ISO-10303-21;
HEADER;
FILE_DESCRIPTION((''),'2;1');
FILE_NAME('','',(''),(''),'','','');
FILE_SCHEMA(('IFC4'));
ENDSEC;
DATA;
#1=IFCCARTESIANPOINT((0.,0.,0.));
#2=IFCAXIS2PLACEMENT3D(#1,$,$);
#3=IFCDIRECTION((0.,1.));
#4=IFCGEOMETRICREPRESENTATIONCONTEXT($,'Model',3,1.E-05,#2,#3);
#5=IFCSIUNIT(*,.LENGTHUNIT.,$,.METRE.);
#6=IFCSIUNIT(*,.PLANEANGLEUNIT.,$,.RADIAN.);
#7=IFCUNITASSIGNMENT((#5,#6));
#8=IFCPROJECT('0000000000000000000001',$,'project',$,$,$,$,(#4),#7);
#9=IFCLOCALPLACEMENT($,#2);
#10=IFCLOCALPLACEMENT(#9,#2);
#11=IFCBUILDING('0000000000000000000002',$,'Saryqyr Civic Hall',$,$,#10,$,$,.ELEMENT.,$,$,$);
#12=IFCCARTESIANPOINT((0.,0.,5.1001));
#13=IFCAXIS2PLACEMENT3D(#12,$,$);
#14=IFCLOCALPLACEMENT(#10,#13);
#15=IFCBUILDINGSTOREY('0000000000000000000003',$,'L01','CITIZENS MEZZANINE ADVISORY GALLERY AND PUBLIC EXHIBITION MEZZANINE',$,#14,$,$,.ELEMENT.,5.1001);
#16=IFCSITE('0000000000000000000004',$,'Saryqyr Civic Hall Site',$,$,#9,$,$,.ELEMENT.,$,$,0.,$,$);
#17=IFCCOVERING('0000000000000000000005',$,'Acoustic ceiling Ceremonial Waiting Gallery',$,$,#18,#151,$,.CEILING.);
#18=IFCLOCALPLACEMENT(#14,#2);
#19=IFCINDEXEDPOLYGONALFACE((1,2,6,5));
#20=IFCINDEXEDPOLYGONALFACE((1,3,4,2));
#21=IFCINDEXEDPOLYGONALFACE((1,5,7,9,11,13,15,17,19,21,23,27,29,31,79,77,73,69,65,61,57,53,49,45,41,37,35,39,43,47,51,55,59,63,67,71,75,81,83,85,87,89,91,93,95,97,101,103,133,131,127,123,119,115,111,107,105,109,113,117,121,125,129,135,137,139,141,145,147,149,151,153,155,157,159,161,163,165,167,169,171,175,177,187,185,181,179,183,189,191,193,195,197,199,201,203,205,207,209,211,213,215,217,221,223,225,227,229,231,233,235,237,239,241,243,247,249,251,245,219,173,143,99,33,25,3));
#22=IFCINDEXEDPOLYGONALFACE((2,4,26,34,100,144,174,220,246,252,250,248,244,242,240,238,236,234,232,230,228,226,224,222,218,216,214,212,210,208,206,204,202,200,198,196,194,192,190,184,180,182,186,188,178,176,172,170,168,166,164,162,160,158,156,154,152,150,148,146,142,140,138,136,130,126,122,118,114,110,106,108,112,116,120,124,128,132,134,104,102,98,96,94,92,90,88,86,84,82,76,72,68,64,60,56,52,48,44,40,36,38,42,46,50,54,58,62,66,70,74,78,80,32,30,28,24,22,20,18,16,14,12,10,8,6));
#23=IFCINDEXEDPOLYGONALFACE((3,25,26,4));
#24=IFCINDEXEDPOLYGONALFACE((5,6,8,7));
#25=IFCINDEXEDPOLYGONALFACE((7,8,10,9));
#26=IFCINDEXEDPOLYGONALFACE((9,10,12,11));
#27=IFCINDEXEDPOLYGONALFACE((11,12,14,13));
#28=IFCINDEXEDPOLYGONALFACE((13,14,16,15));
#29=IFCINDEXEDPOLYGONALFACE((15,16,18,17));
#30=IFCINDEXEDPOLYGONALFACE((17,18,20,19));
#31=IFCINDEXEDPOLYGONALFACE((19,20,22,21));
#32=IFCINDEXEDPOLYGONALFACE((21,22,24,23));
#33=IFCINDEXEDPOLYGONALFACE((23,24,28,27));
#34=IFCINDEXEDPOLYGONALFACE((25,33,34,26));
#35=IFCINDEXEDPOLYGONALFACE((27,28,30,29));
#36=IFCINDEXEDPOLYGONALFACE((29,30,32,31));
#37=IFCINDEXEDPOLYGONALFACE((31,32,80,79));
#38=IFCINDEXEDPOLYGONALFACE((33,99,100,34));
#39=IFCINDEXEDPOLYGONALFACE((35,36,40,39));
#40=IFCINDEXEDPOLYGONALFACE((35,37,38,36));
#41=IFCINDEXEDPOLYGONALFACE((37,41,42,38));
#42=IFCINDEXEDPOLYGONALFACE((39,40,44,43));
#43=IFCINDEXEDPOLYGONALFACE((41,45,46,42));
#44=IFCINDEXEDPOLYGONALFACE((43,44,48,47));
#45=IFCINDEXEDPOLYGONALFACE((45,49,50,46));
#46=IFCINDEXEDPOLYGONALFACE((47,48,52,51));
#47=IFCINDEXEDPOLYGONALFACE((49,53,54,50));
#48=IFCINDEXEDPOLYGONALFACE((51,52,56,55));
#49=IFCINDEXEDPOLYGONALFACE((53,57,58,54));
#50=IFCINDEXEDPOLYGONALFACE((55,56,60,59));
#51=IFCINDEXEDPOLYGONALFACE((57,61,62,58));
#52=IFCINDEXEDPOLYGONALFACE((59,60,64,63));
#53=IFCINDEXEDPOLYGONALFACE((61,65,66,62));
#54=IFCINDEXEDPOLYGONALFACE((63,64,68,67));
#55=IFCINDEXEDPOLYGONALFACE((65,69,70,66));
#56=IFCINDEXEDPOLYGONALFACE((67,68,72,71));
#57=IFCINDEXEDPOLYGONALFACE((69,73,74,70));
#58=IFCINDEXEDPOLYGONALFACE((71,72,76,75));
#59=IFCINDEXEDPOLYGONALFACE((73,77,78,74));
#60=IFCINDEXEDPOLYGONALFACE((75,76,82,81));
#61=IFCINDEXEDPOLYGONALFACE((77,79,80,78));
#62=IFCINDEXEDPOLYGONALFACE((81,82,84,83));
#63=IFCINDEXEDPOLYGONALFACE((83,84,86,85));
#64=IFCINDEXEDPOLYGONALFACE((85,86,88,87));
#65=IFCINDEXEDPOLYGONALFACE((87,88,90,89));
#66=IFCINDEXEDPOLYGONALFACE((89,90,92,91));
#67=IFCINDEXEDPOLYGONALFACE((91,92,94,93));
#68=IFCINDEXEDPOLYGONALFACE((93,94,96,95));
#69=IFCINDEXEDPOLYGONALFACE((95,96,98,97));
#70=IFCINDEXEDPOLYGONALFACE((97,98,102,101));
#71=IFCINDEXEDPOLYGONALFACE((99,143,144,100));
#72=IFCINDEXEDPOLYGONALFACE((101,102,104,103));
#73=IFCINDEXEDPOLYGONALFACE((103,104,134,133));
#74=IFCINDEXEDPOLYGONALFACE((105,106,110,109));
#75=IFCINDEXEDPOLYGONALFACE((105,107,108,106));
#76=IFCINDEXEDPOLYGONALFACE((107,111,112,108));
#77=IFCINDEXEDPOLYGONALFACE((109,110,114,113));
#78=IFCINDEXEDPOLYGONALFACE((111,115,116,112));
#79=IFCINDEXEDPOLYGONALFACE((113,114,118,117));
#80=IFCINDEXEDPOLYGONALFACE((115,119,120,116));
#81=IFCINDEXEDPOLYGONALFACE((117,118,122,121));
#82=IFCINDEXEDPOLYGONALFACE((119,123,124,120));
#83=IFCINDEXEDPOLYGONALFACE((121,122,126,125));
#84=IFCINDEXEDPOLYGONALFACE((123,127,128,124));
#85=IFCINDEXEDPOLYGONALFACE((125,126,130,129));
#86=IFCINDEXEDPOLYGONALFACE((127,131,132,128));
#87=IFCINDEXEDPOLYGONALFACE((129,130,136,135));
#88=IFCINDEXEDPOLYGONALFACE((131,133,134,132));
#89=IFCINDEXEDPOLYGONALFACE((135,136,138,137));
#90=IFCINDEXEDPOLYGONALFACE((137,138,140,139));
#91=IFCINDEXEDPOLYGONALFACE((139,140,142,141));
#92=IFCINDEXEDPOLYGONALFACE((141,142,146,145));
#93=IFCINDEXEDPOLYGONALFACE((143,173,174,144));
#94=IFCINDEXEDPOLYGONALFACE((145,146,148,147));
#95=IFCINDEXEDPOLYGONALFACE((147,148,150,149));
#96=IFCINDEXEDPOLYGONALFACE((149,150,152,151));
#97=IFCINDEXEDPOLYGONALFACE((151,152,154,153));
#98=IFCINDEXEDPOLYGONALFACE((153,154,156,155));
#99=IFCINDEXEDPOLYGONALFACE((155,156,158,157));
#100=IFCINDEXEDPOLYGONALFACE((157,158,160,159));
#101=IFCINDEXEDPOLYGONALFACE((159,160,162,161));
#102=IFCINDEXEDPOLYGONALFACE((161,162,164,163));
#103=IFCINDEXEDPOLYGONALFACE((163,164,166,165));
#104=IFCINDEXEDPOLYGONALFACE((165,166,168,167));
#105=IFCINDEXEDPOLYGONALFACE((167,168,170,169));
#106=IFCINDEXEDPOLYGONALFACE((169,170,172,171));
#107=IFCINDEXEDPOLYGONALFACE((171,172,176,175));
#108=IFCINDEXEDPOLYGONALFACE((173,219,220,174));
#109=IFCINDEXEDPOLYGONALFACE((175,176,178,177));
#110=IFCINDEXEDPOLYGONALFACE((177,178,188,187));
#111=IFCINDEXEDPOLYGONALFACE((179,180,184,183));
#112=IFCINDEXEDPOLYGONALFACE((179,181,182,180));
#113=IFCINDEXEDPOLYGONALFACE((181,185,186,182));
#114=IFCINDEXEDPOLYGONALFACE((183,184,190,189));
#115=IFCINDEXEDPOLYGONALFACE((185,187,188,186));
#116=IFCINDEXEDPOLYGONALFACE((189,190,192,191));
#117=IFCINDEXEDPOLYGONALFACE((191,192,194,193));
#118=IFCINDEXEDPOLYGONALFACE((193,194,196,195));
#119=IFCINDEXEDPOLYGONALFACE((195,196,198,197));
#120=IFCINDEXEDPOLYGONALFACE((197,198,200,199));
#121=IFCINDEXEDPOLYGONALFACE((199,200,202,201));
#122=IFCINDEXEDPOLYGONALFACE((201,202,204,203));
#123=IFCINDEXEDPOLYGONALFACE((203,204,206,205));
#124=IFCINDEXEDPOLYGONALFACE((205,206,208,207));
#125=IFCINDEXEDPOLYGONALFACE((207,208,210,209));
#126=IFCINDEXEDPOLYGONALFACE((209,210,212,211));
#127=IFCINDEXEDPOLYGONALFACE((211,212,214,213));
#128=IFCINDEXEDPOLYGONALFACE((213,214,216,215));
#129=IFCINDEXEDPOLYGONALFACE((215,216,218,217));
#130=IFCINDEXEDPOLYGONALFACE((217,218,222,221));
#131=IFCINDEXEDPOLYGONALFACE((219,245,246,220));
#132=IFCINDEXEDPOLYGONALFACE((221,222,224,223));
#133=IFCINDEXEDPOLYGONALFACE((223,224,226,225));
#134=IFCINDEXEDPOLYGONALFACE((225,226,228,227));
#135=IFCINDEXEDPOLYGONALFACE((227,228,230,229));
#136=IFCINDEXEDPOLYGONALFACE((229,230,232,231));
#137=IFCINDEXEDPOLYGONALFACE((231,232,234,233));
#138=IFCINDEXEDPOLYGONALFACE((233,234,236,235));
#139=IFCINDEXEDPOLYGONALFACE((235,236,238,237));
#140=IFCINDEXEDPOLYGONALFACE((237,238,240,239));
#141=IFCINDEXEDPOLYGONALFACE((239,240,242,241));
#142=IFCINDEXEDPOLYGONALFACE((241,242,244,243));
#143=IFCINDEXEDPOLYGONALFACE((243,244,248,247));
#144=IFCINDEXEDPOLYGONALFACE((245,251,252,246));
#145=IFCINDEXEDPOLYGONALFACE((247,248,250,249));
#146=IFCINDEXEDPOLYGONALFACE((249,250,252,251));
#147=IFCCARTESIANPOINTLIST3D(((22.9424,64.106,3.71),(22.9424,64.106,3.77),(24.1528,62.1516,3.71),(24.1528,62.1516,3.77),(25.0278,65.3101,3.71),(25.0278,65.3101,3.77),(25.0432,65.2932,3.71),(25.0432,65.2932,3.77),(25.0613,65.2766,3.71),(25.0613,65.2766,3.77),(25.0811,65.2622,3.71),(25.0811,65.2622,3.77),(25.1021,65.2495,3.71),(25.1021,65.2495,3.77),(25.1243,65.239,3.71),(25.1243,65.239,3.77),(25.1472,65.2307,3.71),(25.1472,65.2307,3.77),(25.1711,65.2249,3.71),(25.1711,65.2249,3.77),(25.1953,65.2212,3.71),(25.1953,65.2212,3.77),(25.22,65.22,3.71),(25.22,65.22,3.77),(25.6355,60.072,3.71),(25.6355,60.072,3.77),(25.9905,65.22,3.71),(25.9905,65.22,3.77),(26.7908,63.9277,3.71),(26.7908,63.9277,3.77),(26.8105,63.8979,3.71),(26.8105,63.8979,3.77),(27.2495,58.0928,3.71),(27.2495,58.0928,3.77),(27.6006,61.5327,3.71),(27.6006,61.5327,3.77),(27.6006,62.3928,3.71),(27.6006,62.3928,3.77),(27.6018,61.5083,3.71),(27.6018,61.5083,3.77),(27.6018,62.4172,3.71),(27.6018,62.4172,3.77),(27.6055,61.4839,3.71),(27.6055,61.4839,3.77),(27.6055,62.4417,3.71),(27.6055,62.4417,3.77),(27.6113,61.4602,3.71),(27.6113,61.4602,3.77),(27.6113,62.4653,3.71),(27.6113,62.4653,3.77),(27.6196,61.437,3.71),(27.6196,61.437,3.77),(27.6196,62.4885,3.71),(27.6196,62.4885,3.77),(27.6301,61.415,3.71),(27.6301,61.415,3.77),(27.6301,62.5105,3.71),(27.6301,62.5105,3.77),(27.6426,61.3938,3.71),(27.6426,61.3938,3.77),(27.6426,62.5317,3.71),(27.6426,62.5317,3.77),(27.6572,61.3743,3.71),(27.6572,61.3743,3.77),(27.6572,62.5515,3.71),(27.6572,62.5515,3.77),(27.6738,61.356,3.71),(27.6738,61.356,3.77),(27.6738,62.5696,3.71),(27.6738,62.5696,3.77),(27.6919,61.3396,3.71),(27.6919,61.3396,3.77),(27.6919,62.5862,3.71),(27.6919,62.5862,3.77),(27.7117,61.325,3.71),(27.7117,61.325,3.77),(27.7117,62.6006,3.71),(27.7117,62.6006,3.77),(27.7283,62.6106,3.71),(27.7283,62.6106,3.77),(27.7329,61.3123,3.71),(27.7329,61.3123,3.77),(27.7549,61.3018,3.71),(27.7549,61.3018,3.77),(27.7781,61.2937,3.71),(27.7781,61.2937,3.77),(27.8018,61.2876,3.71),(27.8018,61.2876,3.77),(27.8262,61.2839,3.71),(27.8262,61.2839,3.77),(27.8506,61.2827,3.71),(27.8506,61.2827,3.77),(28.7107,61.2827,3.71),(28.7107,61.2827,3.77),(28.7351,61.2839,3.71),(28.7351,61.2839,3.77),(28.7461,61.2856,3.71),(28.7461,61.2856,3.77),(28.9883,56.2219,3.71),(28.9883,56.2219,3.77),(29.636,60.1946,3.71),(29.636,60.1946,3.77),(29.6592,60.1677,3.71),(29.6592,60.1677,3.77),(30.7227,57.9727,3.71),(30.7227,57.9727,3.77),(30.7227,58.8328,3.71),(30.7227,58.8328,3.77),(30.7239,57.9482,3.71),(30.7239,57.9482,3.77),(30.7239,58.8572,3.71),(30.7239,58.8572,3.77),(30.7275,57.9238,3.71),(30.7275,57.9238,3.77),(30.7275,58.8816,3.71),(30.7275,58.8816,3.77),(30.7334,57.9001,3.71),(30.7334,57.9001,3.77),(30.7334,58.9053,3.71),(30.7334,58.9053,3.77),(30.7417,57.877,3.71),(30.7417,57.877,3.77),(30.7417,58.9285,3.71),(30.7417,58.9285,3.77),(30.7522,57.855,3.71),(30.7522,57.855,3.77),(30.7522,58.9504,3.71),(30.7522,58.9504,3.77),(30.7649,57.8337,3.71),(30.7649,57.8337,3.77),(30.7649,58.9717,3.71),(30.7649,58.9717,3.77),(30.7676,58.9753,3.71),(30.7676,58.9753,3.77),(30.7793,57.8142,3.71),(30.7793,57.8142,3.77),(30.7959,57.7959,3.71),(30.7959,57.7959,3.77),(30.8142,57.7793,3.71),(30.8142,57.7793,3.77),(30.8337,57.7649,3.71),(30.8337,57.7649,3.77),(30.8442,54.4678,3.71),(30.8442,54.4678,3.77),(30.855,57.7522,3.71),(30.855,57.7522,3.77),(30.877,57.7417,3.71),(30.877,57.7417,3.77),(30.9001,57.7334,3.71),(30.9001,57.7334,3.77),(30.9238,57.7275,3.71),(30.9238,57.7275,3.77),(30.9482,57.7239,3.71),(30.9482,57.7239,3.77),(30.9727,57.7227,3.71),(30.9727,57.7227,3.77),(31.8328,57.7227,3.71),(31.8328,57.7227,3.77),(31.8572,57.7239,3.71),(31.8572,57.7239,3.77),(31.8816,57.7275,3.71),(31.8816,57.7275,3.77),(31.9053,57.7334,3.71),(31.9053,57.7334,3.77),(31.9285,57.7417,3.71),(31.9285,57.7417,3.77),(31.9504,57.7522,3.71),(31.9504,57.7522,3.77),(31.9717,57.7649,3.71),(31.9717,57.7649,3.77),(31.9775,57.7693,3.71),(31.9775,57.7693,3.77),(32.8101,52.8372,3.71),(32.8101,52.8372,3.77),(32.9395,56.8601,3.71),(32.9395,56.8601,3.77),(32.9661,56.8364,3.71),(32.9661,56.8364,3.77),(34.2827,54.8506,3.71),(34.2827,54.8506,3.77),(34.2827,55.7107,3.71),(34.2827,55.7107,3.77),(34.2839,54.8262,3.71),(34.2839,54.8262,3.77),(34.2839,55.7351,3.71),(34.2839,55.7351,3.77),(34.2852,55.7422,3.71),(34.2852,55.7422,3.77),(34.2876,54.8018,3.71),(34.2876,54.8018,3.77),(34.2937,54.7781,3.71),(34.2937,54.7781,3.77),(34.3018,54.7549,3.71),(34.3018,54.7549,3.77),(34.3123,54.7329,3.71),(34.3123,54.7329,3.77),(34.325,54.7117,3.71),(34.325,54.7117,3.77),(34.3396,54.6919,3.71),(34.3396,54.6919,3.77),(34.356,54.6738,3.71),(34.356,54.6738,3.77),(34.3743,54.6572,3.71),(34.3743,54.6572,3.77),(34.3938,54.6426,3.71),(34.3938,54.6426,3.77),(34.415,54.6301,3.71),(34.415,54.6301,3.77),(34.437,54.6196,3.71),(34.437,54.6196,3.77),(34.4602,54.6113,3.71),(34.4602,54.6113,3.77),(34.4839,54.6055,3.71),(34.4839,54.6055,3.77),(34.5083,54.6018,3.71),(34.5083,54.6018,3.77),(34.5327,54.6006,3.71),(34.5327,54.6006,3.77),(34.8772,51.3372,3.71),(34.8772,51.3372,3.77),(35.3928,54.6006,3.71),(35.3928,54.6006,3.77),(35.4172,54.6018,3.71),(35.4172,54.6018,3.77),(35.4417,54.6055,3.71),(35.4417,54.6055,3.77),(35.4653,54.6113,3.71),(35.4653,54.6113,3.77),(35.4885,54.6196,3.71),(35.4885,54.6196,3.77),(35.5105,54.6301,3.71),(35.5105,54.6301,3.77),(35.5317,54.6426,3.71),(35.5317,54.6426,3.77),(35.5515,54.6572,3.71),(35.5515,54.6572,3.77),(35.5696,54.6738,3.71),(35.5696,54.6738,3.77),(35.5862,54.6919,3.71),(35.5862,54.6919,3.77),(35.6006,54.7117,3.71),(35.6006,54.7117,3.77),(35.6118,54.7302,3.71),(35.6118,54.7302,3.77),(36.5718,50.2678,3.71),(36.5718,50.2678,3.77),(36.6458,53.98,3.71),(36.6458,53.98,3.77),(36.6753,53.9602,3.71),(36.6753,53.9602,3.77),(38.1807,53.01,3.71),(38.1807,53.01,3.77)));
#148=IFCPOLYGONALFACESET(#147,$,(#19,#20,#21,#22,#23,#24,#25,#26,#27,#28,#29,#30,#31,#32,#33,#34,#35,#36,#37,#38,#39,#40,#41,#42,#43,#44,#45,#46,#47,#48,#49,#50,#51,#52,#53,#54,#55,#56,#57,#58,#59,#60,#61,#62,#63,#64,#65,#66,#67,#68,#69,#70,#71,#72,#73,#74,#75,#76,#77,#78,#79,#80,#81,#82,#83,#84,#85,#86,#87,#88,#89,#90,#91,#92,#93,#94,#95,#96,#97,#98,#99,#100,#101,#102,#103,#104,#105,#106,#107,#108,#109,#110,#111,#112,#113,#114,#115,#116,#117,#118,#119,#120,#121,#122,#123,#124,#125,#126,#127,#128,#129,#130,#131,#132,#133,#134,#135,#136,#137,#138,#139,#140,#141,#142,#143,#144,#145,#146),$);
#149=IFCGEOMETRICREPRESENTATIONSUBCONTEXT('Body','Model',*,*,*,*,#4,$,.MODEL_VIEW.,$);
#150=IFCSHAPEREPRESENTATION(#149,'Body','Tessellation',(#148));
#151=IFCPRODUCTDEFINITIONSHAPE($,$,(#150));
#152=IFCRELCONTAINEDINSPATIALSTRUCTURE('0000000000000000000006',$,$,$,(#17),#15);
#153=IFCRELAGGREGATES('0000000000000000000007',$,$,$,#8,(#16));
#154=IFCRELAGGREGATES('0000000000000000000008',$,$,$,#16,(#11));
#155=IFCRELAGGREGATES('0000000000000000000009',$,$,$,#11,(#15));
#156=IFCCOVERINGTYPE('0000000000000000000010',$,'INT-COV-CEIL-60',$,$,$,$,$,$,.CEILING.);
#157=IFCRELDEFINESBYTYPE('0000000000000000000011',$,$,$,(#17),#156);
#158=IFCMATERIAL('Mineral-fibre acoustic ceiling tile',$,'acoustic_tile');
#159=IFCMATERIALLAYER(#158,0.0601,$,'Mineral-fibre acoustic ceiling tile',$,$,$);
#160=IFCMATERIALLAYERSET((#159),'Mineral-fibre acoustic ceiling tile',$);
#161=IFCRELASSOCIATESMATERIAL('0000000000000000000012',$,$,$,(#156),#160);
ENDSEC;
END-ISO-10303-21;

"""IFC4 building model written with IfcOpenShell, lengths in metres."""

from ifc_helpers import new_model, si_unit, direction, frame, origin, place, context, subcontext, project, spatial, polyline, outline, extrude, material, layer, layer_set, type_object, element, save


model = new_model("IFC4")

# Units and contexts
model_context = context("Model", 3, precision=1e-05, world=origin(), true_north=direction((0.0, 1.0)))
body_context = subcontext(model_context, "Body", "Model", "MODEL_VIEW")
ifc_project = project(units=[si_unit("LENGTHUNIT", "METRE"), si_unit("PLANEANGLEUNIT", "RADIAN")], contexts=[model_context])

# Site, building, storey
site_placement = place(None, origin())
site = spatial("IfcSite", under=ifc_project, at=site_placement, Name="Saryqyr Civic Hall Site", CompositionType="ELEMENT", RefElevation=0.0)
building_placement = place(site_placement, origin())
building = spatial("IfcBuilding", under=site, at=building_placement, Name="Saryqyr Civic Hall", CompositionType="ELEMENT")
storey_placement = place(building_placement, frame((0.0, 0.0, 5.1001)))
storey = spatial("IfcBuildingStorey", under=building, at=storey_placement, Name="L01", Description="CITIZENS MEZZANINE ADVISORY GALLERY AND PUBLIC EXHIBITION MEZZANINE", CompositionType="ELEMENT", Elevation=5.1001)

# Covering
ifc_material_1 = material(Name="Mineral-fibre acoustic ceiling tile", Category="acoustic_tile")
ifc_layer_1 = layer(ifc_material_1, 0.0601, Name="Mineral-fibre acoustic ceiling tile")
ifc_layer_set_1 = layer_set([ifc_layer_1], Name="Mineral-fibre acoustic ceiling tile")
covering_type = type_object("IfcCoveringType", Name="INT-COV-CEIL-60", PredefinedType="CEILING", material=ifc_layer_set_1)
covering_1_placement = place(storey_placement, frame((0.0, 0.0, 3.71)))
element("IfcCovering", 1, at=covering_1_placement, inside=storey, type_object=covering_type, Name="Acoustic ceiling Ceremonial Waiting Gallery", PredefinedType="CEILING", context=body_context, shape_type="SweptSolid", body=[
    extrude(outline(polyline([(25.0432, 65.2932), (25.0613, 65.2766), (25.0811, 65.2622), (25.1021, 65.2495), (25.1243, 65.239), (25.1472, 65.2307), (25.1711, 65.2249), (25.1953, 65.2212), (25.22, 65.22), (25.9905, 65.22), (26.7908, 63.9277), (26.8105, 63.8979), (27.7283, 62.6106), (27.7117, 62.6006), (27.6919, 62.5862), (27.6738, 62.5696), (27.6572, 62.5515), (27.6426, 62.5317), (27.6301, 62.5105), (27.6196, 62.4885), (27.6113, 62.4653), (27.6055, 62.4417), (27.6018, 62.4172), (27.6006, 62.3928), (27.6006, 61.5327), (27.6018, 61.5083), (27.6055, 61.4839), (27.6113, 61.4602), (27.6196, 61.437), (27.6301, 61.415), (27.6426, 61.3938), (27.6572, 61.3743), (27.6738, 61.356), (27.6919, 61.3396), (27.7117, 61.325), (27.7329, 61.3123), (27.7549, 61.3018), (27.7781, 61.2937), (27.8018, 61.2876), (27.8262, 61.2839), (27.8506, 61.2827), (28.7107, 61.2827), (28.7351, 61.2839), (28.7461, 61.2856), (29.636, 60.1946), (29.6592, 60.1677), (30.7676, 58.9753), (30.7649, 58.9717), (30.7522, 58.9504), (30.7417, 58.9285), (30.7334, 58.9053), (30.7275, 58.8816), (30.7239, 58.8572), (30.7227, 58.8328), (30.7227, 57.9727), (30.7239, 57.9482), (30.7275, 57.9238), (30.7334, 57.9001), (30.7417, 57.877), (30.7522, 57.855), (30.7649, 57.8337), (30.7793, 57.8142), (30.7959, 57.7959), (30.8142, 57.7793), (30.8337, 57.7649), (30.855, 57.7522), (30.877, 57.7417), (30.9001, 57.7334), (30.9238, 57.7275), (30.9482, 57.7239), (30.9727, 57.7227), (31.8328, 57.7227), (31.8572, 57.7239), (31.8816, 57.7275), (31.9053, 57.7334), (31.9285, 57.7417), (31.9504, 57.7522), (31.9717, 57.7649), (31.9775, 57.7693), (32.9395, 56.8601), (32.9661, 56.8364), (34.2852, 55.7422), (34.2839, 55.7351), (34.2827, 55.7107), (34.2827, 54.8506), (34.2839, 54.8262), (34.2876, 54.8018), (34.2937, 54.7781), (34.3018, 54.7549), (34.3123, 54.7329), (34.325, 54.7117), (34.3396, 54.6919), (34.356, 54.6738), (34.3743, 54.6572), (34.3938, 54.6426), (34.415, 54.6301), (34.437, 54.6196), (34.4602, 54.6113), (34.4839, 54.6055), (34.5083, 54.6018), (34.5327, 54.6006), (35.3928, 54.6006), (35.4172, 54.6018), (35.4417, 54.6055), (35.4653, 54.6113), (35.4885, 54.6196), (35.5105, 54.6301), (35.5317, 54.6426), (35.5515, 54.6572), (35.5696, 54.6738), (35.5862, 54.6919), (35.6006, 54.7117), (35.6118, 54.7302), (36.6458, 53.98), (36.6753, 53.9602), (38.1807, 53.01), (36.5718, 50.2678), (34.8772, 51.3372), (32.8101, 52.8372), (30.8442, 54.4678), (28.9883, 56.2219), (27.2495, 58.0928), (25.6355, 60.072), (24.1528, 62.1516), (22.9424, 64.106), (25.0278, 65.3101), (25.0432, 65.2932)])), origin(), (0.0, 0.0, 1.0), 0.0601),
])

save(model, "model.ifc")
